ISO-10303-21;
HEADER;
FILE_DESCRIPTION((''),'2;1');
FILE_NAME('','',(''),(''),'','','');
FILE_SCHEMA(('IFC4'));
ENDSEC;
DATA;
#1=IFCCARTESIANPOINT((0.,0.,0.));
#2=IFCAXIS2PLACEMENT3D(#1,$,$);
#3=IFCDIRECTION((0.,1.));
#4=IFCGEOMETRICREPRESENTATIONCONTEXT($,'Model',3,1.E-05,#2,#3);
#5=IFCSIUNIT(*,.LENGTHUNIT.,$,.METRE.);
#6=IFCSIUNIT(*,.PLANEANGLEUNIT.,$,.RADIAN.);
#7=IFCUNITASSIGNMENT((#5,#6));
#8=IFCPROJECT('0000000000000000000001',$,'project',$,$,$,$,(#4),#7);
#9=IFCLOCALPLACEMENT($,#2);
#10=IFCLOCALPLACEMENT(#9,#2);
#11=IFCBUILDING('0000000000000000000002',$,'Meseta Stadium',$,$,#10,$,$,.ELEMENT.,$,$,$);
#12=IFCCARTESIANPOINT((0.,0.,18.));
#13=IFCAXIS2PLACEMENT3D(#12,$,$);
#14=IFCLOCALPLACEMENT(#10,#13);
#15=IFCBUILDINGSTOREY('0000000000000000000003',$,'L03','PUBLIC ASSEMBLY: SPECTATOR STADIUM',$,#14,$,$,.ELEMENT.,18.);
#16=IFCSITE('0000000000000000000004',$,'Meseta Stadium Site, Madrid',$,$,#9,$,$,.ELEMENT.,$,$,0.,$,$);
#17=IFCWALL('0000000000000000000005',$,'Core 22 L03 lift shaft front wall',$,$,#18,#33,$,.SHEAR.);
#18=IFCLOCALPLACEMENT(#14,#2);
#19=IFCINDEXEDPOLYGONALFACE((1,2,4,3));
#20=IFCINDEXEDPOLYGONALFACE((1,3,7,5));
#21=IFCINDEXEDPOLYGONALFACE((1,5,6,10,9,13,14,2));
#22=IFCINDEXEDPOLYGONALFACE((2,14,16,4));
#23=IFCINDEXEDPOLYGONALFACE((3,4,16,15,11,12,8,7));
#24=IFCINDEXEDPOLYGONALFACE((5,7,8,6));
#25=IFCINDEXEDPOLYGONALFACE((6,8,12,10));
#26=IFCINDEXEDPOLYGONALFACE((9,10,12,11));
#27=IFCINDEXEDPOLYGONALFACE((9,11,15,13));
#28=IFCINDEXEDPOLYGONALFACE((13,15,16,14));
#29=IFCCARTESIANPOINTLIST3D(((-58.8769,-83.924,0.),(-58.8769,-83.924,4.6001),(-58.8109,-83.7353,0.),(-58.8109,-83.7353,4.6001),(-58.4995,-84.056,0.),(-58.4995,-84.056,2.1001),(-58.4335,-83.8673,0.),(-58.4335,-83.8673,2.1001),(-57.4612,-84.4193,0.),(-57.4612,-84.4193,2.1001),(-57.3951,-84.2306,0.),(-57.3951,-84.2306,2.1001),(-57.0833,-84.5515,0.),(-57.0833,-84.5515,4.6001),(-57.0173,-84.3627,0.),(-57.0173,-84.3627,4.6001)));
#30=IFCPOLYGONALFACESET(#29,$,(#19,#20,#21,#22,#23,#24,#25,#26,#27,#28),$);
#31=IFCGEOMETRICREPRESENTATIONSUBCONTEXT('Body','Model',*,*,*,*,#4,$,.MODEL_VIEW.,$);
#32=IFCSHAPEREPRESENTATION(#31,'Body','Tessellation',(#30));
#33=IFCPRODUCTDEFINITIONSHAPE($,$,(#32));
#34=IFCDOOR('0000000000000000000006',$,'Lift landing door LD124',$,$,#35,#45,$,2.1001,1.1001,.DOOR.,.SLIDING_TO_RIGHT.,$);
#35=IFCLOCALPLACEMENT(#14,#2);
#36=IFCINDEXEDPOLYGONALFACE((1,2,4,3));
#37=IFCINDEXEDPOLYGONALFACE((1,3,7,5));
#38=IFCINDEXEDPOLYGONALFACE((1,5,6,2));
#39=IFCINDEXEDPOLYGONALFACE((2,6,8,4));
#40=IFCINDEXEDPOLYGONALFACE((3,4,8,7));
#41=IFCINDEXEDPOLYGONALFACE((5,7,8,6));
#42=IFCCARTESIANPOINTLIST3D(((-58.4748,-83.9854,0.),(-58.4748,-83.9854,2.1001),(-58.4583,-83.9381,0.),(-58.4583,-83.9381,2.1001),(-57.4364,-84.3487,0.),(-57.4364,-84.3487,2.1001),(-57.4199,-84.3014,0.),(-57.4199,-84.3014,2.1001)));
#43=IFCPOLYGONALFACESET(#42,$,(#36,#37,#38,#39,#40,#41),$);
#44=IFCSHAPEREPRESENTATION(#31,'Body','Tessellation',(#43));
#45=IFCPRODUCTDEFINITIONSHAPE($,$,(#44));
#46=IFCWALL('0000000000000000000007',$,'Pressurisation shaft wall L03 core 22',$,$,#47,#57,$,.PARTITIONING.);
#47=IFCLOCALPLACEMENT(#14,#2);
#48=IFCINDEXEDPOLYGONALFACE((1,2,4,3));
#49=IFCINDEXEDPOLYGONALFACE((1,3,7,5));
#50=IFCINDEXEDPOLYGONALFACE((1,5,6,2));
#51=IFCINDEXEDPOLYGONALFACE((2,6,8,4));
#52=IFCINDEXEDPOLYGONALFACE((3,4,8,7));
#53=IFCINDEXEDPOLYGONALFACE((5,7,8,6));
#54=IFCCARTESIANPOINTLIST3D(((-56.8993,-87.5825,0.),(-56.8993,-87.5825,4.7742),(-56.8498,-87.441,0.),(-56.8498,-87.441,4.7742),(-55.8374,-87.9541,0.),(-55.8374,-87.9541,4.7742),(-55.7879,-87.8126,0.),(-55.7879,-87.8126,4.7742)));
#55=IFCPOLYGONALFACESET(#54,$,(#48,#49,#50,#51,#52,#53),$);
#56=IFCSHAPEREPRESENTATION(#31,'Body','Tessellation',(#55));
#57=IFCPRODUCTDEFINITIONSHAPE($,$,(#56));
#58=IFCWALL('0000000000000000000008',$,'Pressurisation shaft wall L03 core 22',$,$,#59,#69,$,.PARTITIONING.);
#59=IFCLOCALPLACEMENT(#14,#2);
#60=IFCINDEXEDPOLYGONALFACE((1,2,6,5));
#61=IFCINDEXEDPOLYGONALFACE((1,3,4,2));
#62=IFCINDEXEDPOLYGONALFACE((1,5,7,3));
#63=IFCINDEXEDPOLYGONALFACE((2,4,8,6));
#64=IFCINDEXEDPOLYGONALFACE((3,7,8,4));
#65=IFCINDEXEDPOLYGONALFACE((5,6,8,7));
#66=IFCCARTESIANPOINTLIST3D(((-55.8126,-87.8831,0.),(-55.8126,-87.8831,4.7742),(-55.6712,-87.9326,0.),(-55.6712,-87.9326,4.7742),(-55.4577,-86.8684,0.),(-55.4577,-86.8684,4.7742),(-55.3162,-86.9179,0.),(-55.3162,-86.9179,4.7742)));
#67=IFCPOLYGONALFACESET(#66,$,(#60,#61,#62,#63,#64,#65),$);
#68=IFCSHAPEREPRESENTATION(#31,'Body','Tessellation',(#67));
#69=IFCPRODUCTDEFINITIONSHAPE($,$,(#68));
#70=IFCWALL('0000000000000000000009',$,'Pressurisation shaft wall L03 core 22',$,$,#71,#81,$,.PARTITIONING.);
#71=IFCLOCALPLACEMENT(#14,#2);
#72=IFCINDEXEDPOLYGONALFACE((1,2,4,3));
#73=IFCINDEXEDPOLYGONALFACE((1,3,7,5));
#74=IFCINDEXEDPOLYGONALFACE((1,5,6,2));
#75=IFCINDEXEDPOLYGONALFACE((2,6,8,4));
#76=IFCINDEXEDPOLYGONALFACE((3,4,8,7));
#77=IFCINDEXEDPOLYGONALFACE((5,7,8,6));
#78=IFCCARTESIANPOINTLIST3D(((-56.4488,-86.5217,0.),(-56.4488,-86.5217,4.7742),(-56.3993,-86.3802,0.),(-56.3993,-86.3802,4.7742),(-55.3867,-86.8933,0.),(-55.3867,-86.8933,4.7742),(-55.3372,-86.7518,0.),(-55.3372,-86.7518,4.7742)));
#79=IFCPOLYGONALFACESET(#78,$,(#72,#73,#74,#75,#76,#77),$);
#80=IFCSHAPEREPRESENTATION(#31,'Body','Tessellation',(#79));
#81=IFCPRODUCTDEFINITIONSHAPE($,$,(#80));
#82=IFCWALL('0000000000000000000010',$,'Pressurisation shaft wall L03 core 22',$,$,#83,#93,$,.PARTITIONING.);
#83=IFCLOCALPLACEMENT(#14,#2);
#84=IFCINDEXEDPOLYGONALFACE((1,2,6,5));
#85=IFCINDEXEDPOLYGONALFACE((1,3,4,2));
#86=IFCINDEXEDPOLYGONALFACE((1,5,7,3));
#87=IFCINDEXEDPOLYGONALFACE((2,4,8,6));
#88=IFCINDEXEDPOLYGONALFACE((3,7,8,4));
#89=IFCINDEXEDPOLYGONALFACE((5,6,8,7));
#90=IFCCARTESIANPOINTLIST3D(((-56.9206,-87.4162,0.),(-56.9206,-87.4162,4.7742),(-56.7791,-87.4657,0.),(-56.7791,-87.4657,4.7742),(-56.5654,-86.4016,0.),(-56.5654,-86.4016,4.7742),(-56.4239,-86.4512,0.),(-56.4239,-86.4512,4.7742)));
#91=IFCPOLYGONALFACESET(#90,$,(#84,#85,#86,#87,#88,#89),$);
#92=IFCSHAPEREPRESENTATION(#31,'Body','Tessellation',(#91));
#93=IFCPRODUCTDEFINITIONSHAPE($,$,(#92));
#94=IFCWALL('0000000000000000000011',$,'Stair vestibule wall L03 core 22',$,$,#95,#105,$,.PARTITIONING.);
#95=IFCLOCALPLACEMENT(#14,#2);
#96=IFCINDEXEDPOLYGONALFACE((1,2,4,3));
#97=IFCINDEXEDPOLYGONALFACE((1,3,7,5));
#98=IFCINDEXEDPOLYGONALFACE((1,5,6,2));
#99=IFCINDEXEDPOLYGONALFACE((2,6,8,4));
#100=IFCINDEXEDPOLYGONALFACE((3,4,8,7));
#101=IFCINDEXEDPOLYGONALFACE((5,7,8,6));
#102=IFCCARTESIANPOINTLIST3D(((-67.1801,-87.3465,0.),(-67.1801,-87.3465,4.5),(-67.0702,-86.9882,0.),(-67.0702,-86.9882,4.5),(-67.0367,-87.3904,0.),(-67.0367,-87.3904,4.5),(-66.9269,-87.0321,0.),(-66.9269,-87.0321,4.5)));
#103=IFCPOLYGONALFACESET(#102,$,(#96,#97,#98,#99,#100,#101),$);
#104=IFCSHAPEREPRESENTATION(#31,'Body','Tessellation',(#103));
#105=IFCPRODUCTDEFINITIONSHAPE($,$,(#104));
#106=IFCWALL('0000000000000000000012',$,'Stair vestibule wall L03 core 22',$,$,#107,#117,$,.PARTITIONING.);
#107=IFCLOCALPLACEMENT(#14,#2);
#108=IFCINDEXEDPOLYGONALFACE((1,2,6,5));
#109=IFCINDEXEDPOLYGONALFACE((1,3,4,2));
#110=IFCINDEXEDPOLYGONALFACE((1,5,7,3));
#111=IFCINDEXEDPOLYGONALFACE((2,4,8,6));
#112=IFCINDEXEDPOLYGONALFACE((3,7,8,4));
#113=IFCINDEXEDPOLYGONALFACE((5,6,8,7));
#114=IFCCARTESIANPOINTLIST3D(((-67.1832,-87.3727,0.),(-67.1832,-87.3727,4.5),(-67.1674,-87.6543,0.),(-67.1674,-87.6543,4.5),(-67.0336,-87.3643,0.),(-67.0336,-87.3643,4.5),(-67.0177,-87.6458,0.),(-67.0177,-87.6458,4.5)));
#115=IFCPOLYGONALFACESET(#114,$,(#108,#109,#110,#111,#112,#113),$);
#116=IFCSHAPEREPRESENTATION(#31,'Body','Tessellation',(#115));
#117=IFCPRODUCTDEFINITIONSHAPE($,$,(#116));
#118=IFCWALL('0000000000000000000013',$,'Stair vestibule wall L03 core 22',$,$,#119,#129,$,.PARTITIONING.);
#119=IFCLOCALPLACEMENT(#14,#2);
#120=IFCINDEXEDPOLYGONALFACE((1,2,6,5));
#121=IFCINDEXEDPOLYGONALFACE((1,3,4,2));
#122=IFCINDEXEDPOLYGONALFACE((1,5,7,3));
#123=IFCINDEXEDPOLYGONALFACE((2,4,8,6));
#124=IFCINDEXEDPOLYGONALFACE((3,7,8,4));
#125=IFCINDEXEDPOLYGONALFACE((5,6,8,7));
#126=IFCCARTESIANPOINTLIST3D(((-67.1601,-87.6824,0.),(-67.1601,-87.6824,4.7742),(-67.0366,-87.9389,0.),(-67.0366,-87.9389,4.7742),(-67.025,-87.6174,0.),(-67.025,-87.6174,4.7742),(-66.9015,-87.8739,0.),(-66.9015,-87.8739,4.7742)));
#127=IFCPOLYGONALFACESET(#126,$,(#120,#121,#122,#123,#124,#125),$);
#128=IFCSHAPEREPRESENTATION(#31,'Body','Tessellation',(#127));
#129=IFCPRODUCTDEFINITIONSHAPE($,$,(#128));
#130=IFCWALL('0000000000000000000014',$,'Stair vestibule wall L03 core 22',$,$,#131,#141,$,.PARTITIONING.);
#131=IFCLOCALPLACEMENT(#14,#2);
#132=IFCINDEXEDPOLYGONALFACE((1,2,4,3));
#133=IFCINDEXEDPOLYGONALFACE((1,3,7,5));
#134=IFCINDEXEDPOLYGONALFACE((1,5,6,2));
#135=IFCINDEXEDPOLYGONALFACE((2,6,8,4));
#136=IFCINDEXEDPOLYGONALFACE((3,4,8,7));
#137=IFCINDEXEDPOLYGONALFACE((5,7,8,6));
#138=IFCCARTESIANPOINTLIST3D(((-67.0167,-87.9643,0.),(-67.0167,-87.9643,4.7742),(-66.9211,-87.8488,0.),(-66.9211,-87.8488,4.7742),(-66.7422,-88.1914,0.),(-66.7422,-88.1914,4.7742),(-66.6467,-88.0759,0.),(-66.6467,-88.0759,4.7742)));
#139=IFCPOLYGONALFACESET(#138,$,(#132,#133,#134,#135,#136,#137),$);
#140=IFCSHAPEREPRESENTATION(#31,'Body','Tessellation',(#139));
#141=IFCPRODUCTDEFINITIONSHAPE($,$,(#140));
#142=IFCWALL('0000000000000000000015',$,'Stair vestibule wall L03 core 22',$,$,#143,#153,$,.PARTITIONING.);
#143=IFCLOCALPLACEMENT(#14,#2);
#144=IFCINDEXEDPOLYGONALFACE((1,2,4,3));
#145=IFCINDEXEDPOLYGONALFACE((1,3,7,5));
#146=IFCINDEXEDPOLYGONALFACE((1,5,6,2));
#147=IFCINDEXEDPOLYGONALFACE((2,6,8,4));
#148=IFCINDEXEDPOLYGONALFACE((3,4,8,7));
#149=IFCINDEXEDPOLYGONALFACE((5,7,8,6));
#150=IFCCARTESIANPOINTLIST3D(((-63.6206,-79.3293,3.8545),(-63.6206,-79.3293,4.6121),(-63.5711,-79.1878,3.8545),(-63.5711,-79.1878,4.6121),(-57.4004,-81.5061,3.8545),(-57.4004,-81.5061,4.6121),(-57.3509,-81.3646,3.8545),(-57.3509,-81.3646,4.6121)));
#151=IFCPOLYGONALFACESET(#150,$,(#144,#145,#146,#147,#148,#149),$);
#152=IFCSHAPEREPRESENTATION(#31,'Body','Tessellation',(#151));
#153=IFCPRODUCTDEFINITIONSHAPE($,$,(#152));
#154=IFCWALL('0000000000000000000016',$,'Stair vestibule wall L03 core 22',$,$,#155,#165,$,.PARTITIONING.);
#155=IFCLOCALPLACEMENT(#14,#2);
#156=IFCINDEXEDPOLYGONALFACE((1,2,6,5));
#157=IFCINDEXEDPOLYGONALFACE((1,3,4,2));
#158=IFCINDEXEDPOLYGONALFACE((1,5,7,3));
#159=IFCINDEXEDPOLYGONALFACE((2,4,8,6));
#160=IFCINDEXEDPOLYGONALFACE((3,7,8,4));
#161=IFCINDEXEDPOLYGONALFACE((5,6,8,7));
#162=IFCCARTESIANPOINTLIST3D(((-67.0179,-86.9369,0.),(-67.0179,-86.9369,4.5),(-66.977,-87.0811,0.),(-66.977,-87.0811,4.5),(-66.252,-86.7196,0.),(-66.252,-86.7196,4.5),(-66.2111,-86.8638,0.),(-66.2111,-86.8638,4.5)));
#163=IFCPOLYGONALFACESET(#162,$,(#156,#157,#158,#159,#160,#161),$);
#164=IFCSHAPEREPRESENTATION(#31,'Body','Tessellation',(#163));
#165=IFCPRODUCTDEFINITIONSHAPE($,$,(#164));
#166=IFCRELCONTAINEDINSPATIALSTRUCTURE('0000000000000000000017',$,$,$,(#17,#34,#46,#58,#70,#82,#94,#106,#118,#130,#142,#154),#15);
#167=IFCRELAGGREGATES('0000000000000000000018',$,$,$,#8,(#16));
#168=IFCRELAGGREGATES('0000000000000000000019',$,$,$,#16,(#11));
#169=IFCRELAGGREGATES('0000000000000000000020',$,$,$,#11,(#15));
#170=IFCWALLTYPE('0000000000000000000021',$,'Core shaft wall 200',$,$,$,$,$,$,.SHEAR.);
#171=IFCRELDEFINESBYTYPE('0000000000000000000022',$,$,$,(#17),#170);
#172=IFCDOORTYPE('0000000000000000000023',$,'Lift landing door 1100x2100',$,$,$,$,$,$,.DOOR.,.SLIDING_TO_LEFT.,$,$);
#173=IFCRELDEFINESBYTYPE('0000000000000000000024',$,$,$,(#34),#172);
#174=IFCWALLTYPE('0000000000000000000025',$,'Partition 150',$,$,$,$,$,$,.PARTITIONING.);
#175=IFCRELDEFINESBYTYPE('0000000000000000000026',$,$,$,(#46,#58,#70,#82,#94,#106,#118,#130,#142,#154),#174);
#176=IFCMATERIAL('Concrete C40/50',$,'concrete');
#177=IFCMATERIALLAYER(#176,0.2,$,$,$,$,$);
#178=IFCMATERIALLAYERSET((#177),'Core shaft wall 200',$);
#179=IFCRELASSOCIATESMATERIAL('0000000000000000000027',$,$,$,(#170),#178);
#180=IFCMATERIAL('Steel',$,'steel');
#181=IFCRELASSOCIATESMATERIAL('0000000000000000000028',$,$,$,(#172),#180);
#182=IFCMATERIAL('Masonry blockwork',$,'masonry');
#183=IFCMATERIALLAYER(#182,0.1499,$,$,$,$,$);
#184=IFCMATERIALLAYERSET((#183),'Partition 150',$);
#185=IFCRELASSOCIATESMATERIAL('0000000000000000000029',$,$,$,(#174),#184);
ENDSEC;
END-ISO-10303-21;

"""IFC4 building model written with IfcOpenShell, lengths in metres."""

from ifc_helpers import new_model, si_unit, direction, frame, frame_2d, origin, place, context, subcontext, project, spatial, rectangle, extrude, material, layer, layer_set, type_object, element, fill, save


model = new_model("IFC4")

# Units and contexts
model_context = context("Model", 3, precision=1e-05, world=origin(), true_north=direction((0.0, 1.0)))
body_context = subcontext(model_context, "Body", "Model", "MODEL_VIEW")
ifc_project = project(units=[si_unit("LENGTHUNIT", "METRE"), si_unit("PLANEANGLEUNIT", "RADIAN")], contexts=[model_context])

# Site, building, storey
site_placement = place(None, origin())
site = spatial("IfcSite", under=ifc_project, at=site_placement, Name="Meseta Stadium Site, Madrid", CompositionType="ELEMENT", RefElevation=0.0)
building_placement = place(site_placement, origin())
building = spatial("IfcBuilding", under=site, at=building_placement, Name="Meseta Stadium", CompositionType="ELEMENT")
storey_placement = place(building_placement, frame((0.0, 0.0, 18.0)))
storey = spatial("IfcBuildingStorey", under=building, at=storey_placement, Name="L03", Description="PUBLIC ASSEMBLY: SPECTATOR STADIUM", CompositionType="ELEMENT", Elevation=18.0)

# Shared definitions
ifc_material_1 = material(Name="Concrete C40/50", Category="concrete")
ifc_layer_1 = layer(ifc_material_1, 0.2)
ifc_layer_set_1 = layer_set([ifc_layer_1], Name="Core shaft wall 200")
wall_type_1 = type_object("IfcWallType", Name="Core shaft wall 200", PredefinedType="SHEAR", material=ifc_layer_set_1)

# Wall, opening, door
wall_1_placement = place(storey_placement, frame((-58.844, -83.8296, 0.0), z_axis=(0.0, 0.0, 1.0), x_axis=(0.943902, -0.330225, 0.0)))
wall_1 = element("IfcWall", 1, at=wall_1_placement, inside=storey, type_object=wall_type_1, Name="Core 22 L03 lift shaft front wall", PredefinedType="SHEAR", context=body_context, shape_type="SweptSolid", body=[
    extrude(rectangle(XDim=1.9001, YDim=0.2, at=frame_2d((0.9502, 0.0))), origin(), (0.0, 0.0, 1.0), 4.6001),
])
opening_1_placement = place(wall_1_placement, frame((0.3999, 0.0, 0.0)))
opening_1 = element("IfcOpeningElement", 2, at=opening_1_placement, cuts=wall_1, PredefinedType="OPENING", context=body_context, shape_type="SweptSolid", body=[
    extrude(rectangle(XDim=1.1001, YDim=2.1001, at=frame_2d((0.55, 1.05))), frame((0.0, 0.1099, 0.0), z_axis=(0.0, -1.0, 0.0), x_axis=(1.0, 0.0, 0.0)), (0.0, 0.0, 1.0), 0.22),
])
ifc_material_2 = material(Name="Steel", Category="steel")
door_type_1 = type_object("IfcDoorType", Name="Lift landing door 1100x2100", OperationType="SLIDING_TO_LEFT", PredefinedType="DOOR", material=ifc_material_2)
door_1_placement = place(opening_1_placement, origin())
door_1 = element("IfcDoor", 3, at=door_1_placement, inside=storey, type_object=door_type_1, Name="Lift landing door LD124", OperationType="SLIDING_TO_RIGHT", OverallHeight=2.1001, OverallWidth=1.1001, PredefinedType="DOOR", context=body_context, shape_type="SweptSolid", body=[
    extrude(rectangle(XDim=1.1001, YDim=2.1001, at=frame_2d((0.55, 1.05))), frame((0.0, 0.0249, 0.0), z_axis=(0.0, -1.0, 0.0), x_axis=(1.0, 0.0, 0.0)), (0.0, 0.0, 1.0), 0.05),
])
fill(opening_1, door_1)

# Walls
ifc_material_3 = material(Name="Masonry blockwork", Category="masonry")
ifc_layer_2 = layer(ifc_material_3, 0.1499)
ifc_layer_set_2 = layer_set([ifc_layer_2], Name="Partition 150")
wall_type_2 = type_object("IfcWallType", Name="Partition 150", PredefinedType="PARTITIONING", material=ifc_layer_set_2)
wall_2_placement = place(storey_placement, frame((-56.8745, -87.5117, 0.0), z_axis=(0.0, 0.0, 1.0), x_axis=(0.943869, -0.330321, 0.0)))
element("IfcWall", 4, at=wall_2_placement, inside=storey, type_object=wall_type_2, Name="Pressurisation shaft wall L03 core 22", PredefinedType="PARTITIONING", context=body_context, shape_type="SweptSolid", body=[
    extrude(rectangle(XDim=1.125, YDim=0.1499, at=frame_2d((0.5625, 0.0))), origin(), (0.0, 0.0, 1.0), 4.7742),
])
wall_3_placement = place(storey_placement, frame((-55.7419, -87.908, 0.0), z_axis=(0.0, 0.0, 1.0), x_axis=(0.330229, 0.943901, 0.0)))
element("IfcWall", 5, at=wall_3_placement, inside=storey, type_object=wall_type_2, Name="Pressurisation shaft wall L03 core 22", PredefinedType="PARTITIONING", context=body_context, shape_type="SweptSolid", body=[
    extrude(rectangle(XDim=1.075, YDim=0.1499, at=frame_2d((0.5376, 0.0))), origin(), (0.0, 0.0, 1.0), 4.7742),
])
wall_4_placement = place(storey_placement, frame((-55.3621, -86.8225, 0.0), z_axis=(0.0, 0.0, 1.0), x_axis=(-0.943892, 0.330254, 0.0)))
element("IfcWall", 6, at=wall_4_placement, inside=storey, type_object=wall_type_2, Name="Pressurisation shaft wall L03 core 22", PredefinedType="PARTITIONING", context=body_context, shape_type="SweptSolid", body=[
    extrude(rectangle(XDim=1.1252, YDim=0.1499, at=frame_2d((0.5625, 0.0))), origin(), (0.0, 0.0, 1.0), 4.7742),
])
wall_5_placement = place(storey_placement, frame((-56.4946, -86.4263, 0.0), z_axis=(0.0, 0.0, 1.0), x_axis=(-0.330431, -0.94383, 0.0)))
element("IfcWall", 7, at=wall_5_placement, inside=storey, type_object=wall_type_2, Name="Pressurisation shaft wall L03 core 22", PredefinedType="PARTITIONING", context=body_context, shape_type="SweptSolid", body=[
    extrude(rectangle(XDim=1.075, YDim=0.1499, at=frame_2d((0.5376, 0.0))), origin(), (0.0, 0.0, 1.0), 4.7742),
])
wall_6_placement = place(storey_placement, frame((-66.9985, -87.01, 0.0), z_axis=(0.0, 0.0, 1.0), x_axis=(-0.293079, -0.956088, 0.0)))
element("IfcWall", 8, at=wall_6_placement, inside=storey, type_object=wall_type_2, Name="Stair vestibule wall L03 core 22", PredefinedType="PARTITIONING", context=body_context, shape_type="SweptSolid", body=[
    extrude(rectangle(XDim=0.3748, YDim=0.1499, at=frame_2d((0.1875, 0.0))), origin(), (0.0, 0.0, 1.0), 4.5),
])
wall_7_placement = place(storey_placement, frame((-67.1084, -87.3684, 0.0), z_axis=(0.0, 0.0, 1.0), x_axis=(0.056285, -0.998415, 0.0)))
element("IfcWall", 9, at=wall_7_placement, inside=storey, type_object=wall_type_2, Name="Stair vestibule wall L03 core 22", PredefinedType="PARTITIONING", context=body_context, shape_type="SweptSolid", body=[
    extrude(rectangle(XDim=0.282, YDim=0.1499, at=frame_2d((0.1411, 0.0))), origin(), (0.0, 0.0, 1.0), 4.5),
])
wall_8_placement = place(storey_placement, frame((-67.0925, -87.6499, 0.0), z_axis=(0.0, 0.0, 1.0), x_axis=(0.43379, -0.901014, 0.0)))
element("IfcWall", 10, at=wall_8_placement, inside=storey, type_object=wall_type_2, Name="Stair vestibule wall L03 core 22", PredefinedType="PARTITIONING", context=body_context, shape_type="SweptSolid", body=[
    extrude(rectangle(XDim=0.2847, YDim=0.1499, at=frame_2d((0.1423, 0.0))), origin(), (0.0, 0.0, 1.0), 4.7742),
])
wall_9_placement = place(storey_placement, frame((-66.969, -87.9065, 0.0), z_axis=(0.0, 0.0, 1.0), x_axis=(0.770464, -0.637484, 0.0)))
element("IfcWall", 11, at=wall_9_placement, inside=storey, type_object=wall_type_2, Name="Stair vestibule wall L03 core 22", PredefinedType="PARTITIONING", context=body_context, shape_type="SweptSolid", body=[
    extrude(rectangle(XDim=0.3562, YDim=0.1499, at=frame_2d((0.1782, 0.0))), origin(), (0.0, 0.0, 1.0), 4.7742),
])
wall_10_placement = place(storey_placement, frame((-57.3757, -81.4353, 3.8545), z_axis=(0.0, 0.0, 1.0), x_axis=(-0.943873, 0.330308, 0.0)))
element("IfcWall", 12, at=wall_10_placement, inside=storey, type_object=wall_type_2, Name="Stair vestibule wall L03 core 22", PredefinedType="PARTITIONING", context=body_context, shape_type="SweptSolid", body=[
    extrude(rectangle(XDim=6.5901, YDim=0.1499, at=frame_2d((3.2949, 0.0))), origin(), (0.0, 0.0, 1.0), 0.7576),
])
wall_11_placement = place(storey_placement, frame((-66.2317, -86.7917, 0.0), z_axis=(0.0, 0.0, 1.0), x_axis=(-0.962031, -0.272938, 0.0)))
element("IfcWall", 13, at=wall_11_placement, inside=storey, type_object=wall_type_2, Name="Stair vestibule wall L03 core 22", PredefinedType="PARTITIONING", context=body_context, shape_type="SweptSolid", body=[
    extrude(rectangle(XDim=0.7961, YDim=0.1499, at=frame_2d((0.3979, 0.0))), origin(), (0.0, 0.0, 1.0), 4.5),
])

save(model, "model.ifc")
